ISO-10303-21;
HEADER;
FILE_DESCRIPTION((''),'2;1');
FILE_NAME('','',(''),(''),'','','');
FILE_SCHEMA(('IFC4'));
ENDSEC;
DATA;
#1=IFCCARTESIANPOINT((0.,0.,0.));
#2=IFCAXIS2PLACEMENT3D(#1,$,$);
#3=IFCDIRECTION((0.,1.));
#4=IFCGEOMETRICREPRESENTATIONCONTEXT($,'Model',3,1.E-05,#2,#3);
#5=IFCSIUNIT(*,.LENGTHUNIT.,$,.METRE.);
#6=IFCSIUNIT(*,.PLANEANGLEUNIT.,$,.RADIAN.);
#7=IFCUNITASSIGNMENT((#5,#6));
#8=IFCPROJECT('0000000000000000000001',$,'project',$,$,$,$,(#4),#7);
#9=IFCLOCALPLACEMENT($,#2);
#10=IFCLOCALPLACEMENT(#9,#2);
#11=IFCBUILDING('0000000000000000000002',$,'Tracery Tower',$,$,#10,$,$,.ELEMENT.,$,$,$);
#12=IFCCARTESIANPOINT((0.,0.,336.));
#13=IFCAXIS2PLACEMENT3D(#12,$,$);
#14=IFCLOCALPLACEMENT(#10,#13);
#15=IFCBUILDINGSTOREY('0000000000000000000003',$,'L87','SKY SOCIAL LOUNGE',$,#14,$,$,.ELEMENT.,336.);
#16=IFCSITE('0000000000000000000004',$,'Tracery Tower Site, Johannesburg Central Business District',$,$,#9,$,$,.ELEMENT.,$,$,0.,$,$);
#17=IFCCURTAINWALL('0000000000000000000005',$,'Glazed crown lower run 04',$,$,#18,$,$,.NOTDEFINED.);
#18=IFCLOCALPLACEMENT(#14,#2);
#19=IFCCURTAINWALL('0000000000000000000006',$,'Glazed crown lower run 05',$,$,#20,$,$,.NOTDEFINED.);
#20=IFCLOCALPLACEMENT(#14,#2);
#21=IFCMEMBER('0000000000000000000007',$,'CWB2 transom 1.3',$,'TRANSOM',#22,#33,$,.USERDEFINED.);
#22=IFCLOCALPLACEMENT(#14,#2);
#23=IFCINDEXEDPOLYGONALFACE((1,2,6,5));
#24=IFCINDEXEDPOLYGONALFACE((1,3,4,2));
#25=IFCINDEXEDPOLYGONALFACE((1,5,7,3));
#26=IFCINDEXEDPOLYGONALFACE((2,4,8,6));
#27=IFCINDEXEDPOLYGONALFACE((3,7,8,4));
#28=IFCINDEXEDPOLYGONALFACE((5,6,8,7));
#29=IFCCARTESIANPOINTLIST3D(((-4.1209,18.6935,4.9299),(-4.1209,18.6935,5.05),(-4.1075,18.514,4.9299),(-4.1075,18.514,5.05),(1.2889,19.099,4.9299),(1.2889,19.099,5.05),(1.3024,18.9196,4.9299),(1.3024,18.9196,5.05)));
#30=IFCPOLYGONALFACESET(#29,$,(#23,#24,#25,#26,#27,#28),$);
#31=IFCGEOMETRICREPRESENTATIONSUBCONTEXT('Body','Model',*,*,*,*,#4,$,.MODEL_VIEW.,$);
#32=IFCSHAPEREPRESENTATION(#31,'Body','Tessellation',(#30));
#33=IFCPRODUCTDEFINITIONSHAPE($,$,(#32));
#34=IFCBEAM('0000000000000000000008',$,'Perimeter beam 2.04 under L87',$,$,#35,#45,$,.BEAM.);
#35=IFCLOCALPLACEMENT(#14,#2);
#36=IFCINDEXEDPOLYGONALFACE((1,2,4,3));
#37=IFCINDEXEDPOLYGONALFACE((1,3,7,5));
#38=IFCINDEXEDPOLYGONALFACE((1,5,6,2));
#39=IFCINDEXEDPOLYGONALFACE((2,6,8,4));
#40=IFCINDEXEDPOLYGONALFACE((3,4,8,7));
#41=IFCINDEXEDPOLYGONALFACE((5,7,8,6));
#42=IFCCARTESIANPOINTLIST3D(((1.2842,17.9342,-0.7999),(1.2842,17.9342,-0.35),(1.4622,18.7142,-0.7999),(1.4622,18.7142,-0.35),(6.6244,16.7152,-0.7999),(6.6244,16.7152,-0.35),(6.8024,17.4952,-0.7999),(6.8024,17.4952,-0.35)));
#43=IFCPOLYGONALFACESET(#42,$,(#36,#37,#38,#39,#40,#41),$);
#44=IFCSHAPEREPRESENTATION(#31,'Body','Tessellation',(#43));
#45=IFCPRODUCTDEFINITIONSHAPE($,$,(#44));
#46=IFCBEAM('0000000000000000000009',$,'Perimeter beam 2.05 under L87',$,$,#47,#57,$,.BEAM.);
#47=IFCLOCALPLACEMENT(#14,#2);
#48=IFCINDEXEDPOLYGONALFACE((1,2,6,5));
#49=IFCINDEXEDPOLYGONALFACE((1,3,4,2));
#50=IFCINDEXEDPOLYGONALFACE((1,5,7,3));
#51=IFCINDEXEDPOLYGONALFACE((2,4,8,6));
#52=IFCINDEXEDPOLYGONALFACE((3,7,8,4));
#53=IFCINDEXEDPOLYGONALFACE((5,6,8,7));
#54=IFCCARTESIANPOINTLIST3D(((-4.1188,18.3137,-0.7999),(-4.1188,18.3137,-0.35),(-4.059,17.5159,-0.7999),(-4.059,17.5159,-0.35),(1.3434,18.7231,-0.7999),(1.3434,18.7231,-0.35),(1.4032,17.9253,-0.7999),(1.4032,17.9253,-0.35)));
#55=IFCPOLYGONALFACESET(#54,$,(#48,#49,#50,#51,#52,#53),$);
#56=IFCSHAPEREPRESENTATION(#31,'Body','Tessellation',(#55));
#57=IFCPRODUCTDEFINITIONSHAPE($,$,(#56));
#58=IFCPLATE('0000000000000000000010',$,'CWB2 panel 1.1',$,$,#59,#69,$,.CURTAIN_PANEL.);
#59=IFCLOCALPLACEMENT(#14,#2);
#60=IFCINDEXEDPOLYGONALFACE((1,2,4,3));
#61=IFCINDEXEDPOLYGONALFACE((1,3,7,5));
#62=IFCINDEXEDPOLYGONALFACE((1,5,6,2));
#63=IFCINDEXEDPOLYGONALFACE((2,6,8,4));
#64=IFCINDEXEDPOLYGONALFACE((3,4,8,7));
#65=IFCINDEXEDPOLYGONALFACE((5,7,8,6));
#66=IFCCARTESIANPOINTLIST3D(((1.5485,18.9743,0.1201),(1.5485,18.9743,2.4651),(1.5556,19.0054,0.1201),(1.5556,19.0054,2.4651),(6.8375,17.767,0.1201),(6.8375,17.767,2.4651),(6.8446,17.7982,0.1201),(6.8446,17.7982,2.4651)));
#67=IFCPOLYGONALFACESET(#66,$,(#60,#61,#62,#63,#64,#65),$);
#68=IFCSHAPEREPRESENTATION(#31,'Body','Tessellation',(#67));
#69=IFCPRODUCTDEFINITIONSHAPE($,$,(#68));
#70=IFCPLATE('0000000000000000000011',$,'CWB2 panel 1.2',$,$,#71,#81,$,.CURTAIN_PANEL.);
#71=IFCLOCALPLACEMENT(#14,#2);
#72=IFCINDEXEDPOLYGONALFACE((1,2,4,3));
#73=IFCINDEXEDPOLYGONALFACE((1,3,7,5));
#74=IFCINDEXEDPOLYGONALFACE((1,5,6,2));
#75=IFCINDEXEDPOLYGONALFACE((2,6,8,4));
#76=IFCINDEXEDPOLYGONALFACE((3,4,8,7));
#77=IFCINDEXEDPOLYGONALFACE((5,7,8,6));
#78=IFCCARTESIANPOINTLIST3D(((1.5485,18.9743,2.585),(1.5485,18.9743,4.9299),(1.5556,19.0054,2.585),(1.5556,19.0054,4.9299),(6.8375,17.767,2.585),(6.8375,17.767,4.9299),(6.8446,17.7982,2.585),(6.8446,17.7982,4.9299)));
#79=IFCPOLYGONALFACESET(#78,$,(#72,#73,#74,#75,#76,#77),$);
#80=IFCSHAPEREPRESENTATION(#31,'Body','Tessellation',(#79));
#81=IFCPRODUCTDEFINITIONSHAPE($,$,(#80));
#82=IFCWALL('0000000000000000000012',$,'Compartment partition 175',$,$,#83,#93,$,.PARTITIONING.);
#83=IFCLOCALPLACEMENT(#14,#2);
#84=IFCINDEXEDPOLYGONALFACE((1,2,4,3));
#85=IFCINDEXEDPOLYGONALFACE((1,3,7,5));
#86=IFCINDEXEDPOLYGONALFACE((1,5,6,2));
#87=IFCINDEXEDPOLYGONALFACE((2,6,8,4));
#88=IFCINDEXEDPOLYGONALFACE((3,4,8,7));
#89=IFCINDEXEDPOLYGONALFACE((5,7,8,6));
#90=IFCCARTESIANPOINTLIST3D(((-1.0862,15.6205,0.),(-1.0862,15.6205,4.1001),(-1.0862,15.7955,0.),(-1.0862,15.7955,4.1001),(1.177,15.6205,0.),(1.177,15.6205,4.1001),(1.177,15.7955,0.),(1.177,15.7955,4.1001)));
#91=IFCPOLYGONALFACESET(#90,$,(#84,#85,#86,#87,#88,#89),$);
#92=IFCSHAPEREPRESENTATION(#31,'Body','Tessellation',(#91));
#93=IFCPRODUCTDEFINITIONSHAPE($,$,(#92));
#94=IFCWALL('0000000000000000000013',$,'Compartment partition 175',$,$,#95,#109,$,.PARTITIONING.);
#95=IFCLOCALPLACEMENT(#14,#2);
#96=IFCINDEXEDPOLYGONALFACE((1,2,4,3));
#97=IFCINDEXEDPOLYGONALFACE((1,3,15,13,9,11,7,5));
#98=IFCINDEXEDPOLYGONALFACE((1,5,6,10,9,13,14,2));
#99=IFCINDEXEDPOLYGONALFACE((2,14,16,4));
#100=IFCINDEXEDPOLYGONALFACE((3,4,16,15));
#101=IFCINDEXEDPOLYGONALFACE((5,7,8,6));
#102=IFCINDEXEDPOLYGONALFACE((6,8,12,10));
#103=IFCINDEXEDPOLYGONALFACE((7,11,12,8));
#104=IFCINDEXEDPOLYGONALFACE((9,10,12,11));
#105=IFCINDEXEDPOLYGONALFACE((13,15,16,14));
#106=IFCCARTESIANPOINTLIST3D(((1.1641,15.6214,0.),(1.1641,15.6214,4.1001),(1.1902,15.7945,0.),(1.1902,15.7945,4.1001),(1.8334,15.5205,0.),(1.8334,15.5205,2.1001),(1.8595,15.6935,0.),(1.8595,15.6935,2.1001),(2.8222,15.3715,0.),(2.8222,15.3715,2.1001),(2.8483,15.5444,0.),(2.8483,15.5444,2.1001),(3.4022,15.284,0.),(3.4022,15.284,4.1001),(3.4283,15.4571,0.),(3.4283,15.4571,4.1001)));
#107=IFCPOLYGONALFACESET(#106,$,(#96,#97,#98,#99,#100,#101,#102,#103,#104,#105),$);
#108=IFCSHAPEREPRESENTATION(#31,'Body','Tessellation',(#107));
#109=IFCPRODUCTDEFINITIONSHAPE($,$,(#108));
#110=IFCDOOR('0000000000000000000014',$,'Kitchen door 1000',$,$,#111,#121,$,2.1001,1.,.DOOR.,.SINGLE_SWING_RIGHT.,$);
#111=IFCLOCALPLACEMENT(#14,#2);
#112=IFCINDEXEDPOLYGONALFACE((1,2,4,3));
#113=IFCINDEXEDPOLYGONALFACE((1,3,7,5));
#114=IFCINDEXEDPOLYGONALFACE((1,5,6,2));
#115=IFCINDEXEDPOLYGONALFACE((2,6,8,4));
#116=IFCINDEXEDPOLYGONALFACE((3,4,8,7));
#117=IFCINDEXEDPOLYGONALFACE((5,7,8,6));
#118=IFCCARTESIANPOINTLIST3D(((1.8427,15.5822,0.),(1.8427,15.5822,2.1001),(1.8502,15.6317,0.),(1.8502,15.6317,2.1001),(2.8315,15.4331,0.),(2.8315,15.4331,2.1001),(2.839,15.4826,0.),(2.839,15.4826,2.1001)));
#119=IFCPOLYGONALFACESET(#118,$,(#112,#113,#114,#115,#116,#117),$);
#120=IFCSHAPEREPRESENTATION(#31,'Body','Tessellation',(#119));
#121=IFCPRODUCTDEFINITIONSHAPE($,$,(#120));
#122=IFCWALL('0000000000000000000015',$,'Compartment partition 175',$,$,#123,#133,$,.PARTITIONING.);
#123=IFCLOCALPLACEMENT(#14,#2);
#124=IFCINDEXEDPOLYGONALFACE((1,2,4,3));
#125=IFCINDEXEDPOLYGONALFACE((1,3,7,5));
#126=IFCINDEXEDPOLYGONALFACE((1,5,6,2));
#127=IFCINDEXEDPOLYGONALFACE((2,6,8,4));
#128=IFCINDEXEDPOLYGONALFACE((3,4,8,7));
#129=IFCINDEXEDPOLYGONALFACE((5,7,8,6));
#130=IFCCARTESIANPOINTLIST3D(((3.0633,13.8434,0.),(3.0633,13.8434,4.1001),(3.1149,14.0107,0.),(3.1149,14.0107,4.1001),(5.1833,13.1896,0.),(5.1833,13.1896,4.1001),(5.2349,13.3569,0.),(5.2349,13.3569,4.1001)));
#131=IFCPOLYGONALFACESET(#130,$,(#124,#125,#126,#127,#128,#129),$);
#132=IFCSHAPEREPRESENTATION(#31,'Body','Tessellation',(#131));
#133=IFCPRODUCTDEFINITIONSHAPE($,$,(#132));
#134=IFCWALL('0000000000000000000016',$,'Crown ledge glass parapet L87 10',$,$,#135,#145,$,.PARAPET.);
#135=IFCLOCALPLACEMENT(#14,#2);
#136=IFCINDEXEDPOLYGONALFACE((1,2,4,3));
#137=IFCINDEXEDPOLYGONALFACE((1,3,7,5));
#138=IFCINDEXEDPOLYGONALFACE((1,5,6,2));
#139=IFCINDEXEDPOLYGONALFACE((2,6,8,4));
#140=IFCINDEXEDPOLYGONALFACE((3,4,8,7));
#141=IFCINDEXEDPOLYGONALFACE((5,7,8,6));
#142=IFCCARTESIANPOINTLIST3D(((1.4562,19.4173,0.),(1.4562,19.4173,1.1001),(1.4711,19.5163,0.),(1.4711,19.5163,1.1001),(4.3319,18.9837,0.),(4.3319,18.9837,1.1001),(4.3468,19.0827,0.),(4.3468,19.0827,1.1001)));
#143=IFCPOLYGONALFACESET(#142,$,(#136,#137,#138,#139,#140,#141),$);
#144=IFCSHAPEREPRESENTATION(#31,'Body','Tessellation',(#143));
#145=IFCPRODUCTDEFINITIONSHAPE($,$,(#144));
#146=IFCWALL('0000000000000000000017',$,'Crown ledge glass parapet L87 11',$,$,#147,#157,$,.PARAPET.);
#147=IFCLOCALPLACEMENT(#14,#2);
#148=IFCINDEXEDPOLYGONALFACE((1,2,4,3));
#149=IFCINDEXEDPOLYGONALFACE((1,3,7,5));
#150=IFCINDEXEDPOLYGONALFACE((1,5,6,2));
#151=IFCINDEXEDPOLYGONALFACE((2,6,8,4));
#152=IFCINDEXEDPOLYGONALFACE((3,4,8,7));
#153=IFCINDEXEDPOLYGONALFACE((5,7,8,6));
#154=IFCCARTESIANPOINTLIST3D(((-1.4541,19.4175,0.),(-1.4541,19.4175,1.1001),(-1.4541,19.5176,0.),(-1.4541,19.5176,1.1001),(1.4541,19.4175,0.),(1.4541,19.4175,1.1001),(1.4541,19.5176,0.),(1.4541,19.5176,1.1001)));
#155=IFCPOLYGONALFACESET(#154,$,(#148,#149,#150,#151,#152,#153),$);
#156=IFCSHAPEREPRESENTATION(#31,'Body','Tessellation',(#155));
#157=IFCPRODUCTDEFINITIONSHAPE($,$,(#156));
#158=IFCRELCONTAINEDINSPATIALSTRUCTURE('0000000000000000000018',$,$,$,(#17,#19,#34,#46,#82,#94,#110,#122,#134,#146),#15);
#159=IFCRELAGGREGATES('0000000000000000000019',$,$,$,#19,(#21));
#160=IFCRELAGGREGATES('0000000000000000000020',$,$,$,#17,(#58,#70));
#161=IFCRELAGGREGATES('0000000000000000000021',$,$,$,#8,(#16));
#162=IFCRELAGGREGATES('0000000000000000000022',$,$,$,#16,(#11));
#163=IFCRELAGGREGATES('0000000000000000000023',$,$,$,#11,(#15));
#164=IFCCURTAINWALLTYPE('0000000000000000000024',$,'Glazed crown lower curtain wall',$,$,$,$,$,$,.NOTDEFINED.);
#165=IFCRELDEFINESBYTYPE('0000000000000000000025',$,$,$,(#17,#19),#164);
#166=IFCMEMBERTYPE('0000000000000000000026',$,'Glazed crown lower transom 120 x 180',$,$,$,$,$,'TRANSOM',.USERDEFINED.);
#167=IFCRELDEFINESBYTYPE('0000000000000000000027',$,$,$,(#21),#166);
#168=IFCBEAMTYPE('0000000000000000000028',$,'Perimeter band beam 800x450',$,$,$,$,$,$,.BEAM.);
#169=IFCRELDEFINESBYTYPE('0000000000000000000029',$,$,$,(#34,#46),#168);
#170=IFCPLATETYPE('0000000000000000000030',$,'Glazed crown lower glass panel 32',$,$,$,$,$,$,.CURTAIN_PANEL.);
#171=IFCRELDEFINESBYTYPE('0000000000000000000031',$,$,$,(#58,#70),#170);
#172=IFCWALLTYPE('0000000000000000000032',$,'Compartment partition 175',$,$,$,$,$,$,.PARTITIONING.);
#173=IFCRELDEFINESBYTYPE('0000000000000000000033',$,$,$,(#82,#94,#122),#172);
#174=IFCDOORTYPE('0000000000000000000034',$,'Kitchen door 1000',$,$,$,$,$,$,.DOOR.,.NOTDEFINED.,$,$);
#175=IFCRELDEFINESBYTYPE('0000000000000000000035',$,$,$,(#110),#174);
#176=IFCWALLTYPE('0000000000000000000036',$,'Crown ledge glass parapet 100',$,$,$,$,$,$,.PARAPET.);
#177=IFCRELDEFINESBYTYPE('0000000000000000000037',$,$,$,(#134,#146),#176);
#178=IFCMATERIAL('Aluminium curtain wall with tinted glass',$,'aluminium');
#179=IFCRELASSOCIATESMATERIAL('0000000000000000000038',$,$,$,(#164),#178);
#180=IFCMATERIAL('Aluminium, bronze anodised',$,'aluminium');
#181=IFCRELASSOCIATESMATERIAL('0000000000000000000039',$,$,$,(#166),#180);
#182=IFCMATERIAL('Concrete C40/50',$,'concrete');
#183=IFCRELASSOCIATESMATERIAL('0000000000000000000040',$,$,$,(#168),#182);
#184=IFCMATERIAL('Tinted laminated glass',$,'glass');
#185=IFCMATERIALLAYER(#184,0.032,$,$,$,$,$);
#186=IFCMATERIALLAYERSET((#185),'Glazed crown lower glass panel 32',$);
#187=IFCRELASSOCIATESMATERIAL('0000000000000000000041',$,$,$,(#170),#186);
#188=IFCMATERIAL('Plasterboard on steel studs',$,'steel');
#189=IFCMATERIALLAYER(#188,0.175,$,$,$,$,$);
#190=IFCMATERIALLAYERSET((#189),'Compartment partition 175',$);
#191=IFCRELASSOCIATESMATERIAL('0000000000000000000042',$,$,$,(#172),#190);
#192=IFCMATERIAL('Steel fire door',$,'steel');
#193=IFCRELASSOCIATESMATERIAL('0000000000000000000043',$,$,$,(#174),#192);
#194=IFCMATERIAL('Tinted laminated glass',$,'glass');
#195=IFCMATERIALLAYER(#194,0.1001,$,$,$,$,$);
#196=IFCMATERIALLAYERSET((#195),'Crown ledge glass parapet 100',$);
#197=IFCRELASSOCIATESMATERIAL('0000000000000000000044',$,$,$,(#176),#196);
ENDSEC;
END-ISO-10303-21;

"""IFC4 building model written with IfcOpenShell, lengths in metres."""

from ifc_helpers import new_model, si_unit, direction, frame, frame_2d, origin, origin_2d, place, context, subcontext, project, spatial, rectangle, extrude, material, layer, layer_set, material_profile, profile_set, type_object, element, fill, aggregate, save


model = new_model("IFC4")

# Units and contexts
model_context = context("Model", 3, precision=1e-05, world=origin(), true_north=direction((0.0, 1.0)))
body_context = subcontext(model_context, "Body", "Model", "MODEL_VIEW")
ifc_project = project(units=[si_unit("LENGTHUNIT", "METRE"), si_unit("PLANEANGLEUNIT", "RADIAN")], contexts=[model_context])

# Site, building, storey
site_placement = place(None, origin())
site = spatial("IfcSite", under=ifc_project, at=site_placement, Name="Tracery Tower Site, Johannesburg Central Business District", CompositionType="ELEMENT", RefElevation=0.0)
building_placement = place(site_placement, origin())
building = spatial("IfcBuilding", under=site, at=building_placement, Name="Tracery Tower", CompositionType="ELEMENT")
storey_placement = place(building_placement, frame((0.0, 0.0, 336.0)))
storey = spatial("IfcBuildingStorey", under=building, at=storey_placement, Name="L87", Description="SKY SOCIAL LOUNGE", CompositionType="ELEMENT", Elevation=336.0)

# Curtain wall
ifc_material_1 = material(Name="Aluminium curtain wall with tinted glass", Category="aluminium")
curtain_wall_type = type_object("IfcCurtainWallType", Name="Glazed crown lower curtain wall", PredefinedType="NOTDEFINED", material=ifc_material_1)
curtain_wall_1_placement = place(storey_placement, origin())
curtain_wall_1 = element("IfcCurtainWall", 1, at=curtain_wall_1_placement, inside=storey, type_object=curtain_wall_type, Name="Glazed crown lower run 04", PredefinedType="NOTDEFINED")

# Curtain wall
curtain_wall_2_placement = place(storey_placement, origin())
curtain_wall_2 = element("IfcCurtainWall", 2, at=curtain_wall_2_placement, inside=storey, type_object=curtain_wall_type, Name="Glazed crown lower run 05", PredefinedType="NOTDEFINED")

# Member
ifc_material_2 = material(Name="Aluminium, bronze anodised", Category="aluminium")
ifc_material_profile_1 = material_profile(ifc_material_2, rectangle(XDim=0.1799, YDim=0.1201, at=origin_2d()), Name="Glazed crown lower transom 120 x 180")
ifc_profile_set_1 = profile_set([ifc_material_profile_1], Name="Aluminium, bronze anodised")
member_type_1 = type_object("IfcMemberType", Name="Glazed crown lower transom 120 x 180", ElementType="TRANSOM", PredefinedType="USERDEFINED", material=ifc_profile_set_1)
member_1_placement = place(storey_placement, frame((1.2957, 19.0093, 4.99), z_axis=(-0.997202, -0.074749, 0.0), x_axis=(0.074749, -0.997202, 0.0)))
member_1 = element("IfcMember", 3, at=member_1_placement, type_object=member_type_1, Name="CWB2 transom 1.3", ObjectType="TRANSOM", PredefinedType="USERDEFINED", context=body_context, shape_type="SweptSolid", body=[
    extrude(rectangle(XDim=0.1799, YDim=0.1201, at=origin_2d()), origin(), (0.0, 0.0, 1.0), 5.425),
])
aggregate(curtain_wall_2, [member_1])

# Beams
ifc_material_3 = material(Name="Concrete C40/50", Category="concrete")
ifc_material_profile_2 = material_profile(ifc_material_3, rectangle(XDim=0.8, YDim=0.45, at=origin_2d()), Name="RC 800x450")
ifc_profile_set_2 = profile_set([ifc_material_profile_2], Name="Concrete C40/50")
beam_type = type_object("IfcBeamType", Name="Perimeter band beam 800x450", PredefinedType="BEAM", material=ifc_profile_set_2)
for number, where, z_axis, x_axis, name in (
    (4, (6.7134, 17.1052, -0.575), (-0.974922, 0.222548, 0.0), (-0.222548, -0.974922, 0.0), "Perimeter beam 2.04 under L87"),
    (5, (1.3733, 18.3242, -0.575), (-0.997203, -0.074747, 0.0), (0.074747, -0.997203, 0.0), "Perimeter beam 2.05 under L87"),
):
    element("IfcBeam", number, at=place(storey_placement, frame(where, z_axis=z_axis, x_axis=x_axis)), inside=storey, type_object=beam_type, Name=name, PredefinedType="BEAM", context=body_context, shape_type="SweptSolid", body=[
        extrude(rectangle(XDim=0.8, YDim=0.45, at=origin_2d()), origin(), (0.0, 0.0, 1.0), 5.4775),
    ])

# Plates
ifc_material_4 = material(Name="Tinted laminated glass", Category="glass")
ifc_layer_1 = layer(ifc_material_4, 0.032)
ifc_layer_set_1 = layer_set([ifc_layer_1], Name="Glazed crown lower glass panel 32")
plate_type = type_object("IfcPlateType", Name="Glazed crown lower glass panel 32", PredefinedType="CURTAIN_PANEL", material=ifc_layer_set_1)
plate_1_placement = place(storey_placement, frame((4.1965, 18.3862, 0.1201), z_axis=(0.0, 0.0, 1.0), x_axis=(-0.974926, 0.222528, 0.0)))
plate_1 = element("IfcPlate", 6, at=plate_1_placement, type_object=plate_type, Name="CWB2 panel 1.1", PredefinedType="CURTAIN_PANEL", context=body_context, shape_type="SweptSolid", body=[
    extrude(rectangle(XDim=5.425, YDim=0.032, at=origin_2d()), origin(), (0.0, 0.0, 1.0), 2.345),
])
plate_2_placement = place(storey_placement, frame((4.1965, 18.3862, 2.585), z_axis=(0.0, 0.0, 1.0), x_axis=(-0.974926, 0.222528, 0.0)))
plate_2 = element("IfcPlate", 7, at=plate_2_placement, type_object=plate_type, Name="CWB2 panel 1.2", PredefinedType="CURTAIN_PANEL", context=body_context, shape_type="SweptSolid", body=[
    extrude(rectangle(XDim=5.425, YDim=0.032, at=origin_2d()), origin(), (0.0, 0.0, 1.0), 2.345),
])
aggregate(curtain_wall_1, [plate_1, plate_2])

# Wall
ifc_material_5 = material(Name="Plasterboard on steel studs", Category="steel")
ifc_layer_2 = layer(ifc_material_5, 0.175)
ifc_layer_set_2 = layer_set([ifc_layer_2], Name="Compartment partition 175")
wall_type_1 = type_object("IfcWallType", Name="Compartment partition 175", PredefinedType="PARTITIONING", material=ifc_layer_set_2)
wall_1_placement = place(storey_placement, frame((1.177, 15.708, 0.0), z_axis=(0.0, 0.0, 1.0), x_axis=(-1.0, 0.0, 0.0)))
element("IfcWall", 8, at=wall_1_placement, inside=storey, type_object=wall_type_1, Name="Compartment partition 175", PredefinedType="PARTITIONING", context=body_context, shape_type="SweptSolid", body=[
    extrude(rectangle(XDim=2.2632, YDim=0.175, at=frame_2d((1.1316, 0.0))), origin(), (0.0, 0.0, 1.0), 4.1001),
])

# Wall, opening, door
wall_2_placement = place(storey_placement, frame((1.177, 15.708, 0.0), z_axis=(0.0, 0.0, 1.0), x_axis=(0.988826, -0.149074, 0.0)))
wall_2 = element("IfcWall", 9, at=wall_2_placement, inside=storey, type_object=wall_type_1, Name="Compartment partition 175", PredefinedType="PARTITIONING", context=body_context, shape_type="SweptSolid", body=[
    extrude(rectangle(XDim=2.2634, YDim=0.175, at=frame_2d((1.1318, 0.0))), origin(), (0.0, 0.0, 1.0), 4.1001),
])
opening_1_placement = place(wall_2_placement, frame((0.677, 0.0, 0.0)))
opening_1 = element("IfcOpeningElement", 10, at=opening_1_placement, cuts=wall_2, PredefinedType="OPENING", context=body_context, shape_type="SweptSolid", body=[
    extrude(rectangle(XDim=1.0, YDim=2.1001, at=frame_2d((0.5, 1.05))), frame((0.0, 0.0874, 0.0), z_axis=(0.0, -1.0, 0.0), x_axis=(1.0, 0.0, 0.0)), (0.0, 0.0, 1.0), 0.175),
])
ifc_material_6 = material(Name="Steel fire door", Category="steel")
door_type = type_object("IfcDoorType", Name="Kitchen door 1000", OperationType="NOTDEFINED", PredefinedType="DOOR", material=ifc_material_6)
door_1_placement = place(opening_1_placement, origin())
door_1 = element("IfcDoor", 11, at=door_1_placement, inside=storey, type_object=door_type, Name="Kitchen door 1000", OperationType="SINGLE_SWING_RIGHT", OverallHeight=2.1001, OverallWidth=1.0, PredefinedType="DOOR", context=body_context, shape_type="SweptSolid", body=[
    extrude(rectangle(XDim=1.0, YDim=2.1001, at=frame_2d((0.5, 1.05))), frame((0.0, 0.0249, 0.0), z_axis=(0.0, -1.0, 0.0), x_axis=(1.0, 0.0, 0.0)), (0.0, 0.0, 1.0), 0.05),
])
fill(opening_1, door_1)

# Wall
wall_3_placement = place(storey_placement, frame((5.2092, 13.2732, 0.0), z_axis=(0.0, 0.0, 1.0), x_axis=(-0.955584, 0.29472, 0.0)))
element("IfcWall", 12, at=wall_3_placement, inside=storey, type_object=wall_type_1, Name="Compartment partition 175", PredefinedType="PARTITIONING", context=body_context, shape_type="SweptSolid", body=[
    extrude(rectangle(XDim=2.2185, YDim=0.175, at=frame_2d((1.1094, 0.0))), origin(), (0.0, 0.0, 1.0), 4.1001),
])

# Walls
ifc_material_7 = material(Name="Tinted laminated glass", Category="glass")
ifc_layer_3 = layer(ifc_material_7, 0.1001)
ifc_layer_set_3 = layer_set([ifc_layer_3], Name="Crown ledge glass parapet 100")
wall_type_2 = type_object("IfcWallType", Name="Crown ledge glass parapet 100", PredefinedType="PARAPET", material=ifc_layer_set_3)
for number, where, z_axis, x_axis, name in (
    (13, (4.3394, 19.0332, 0.0), (0.0, 0.0, 1.0), (-0.988823, 0.149092, 0.0), "Crown ledge glass parapet L87 10"),
    (14, (1.4541, 19.4675, 0.0), (0.0, 0.0, 1.0), (-1.0, 0.0, 0.0), "Crown ledge glass parapet L87 11"),
):
    element("IfcWall", number, at=place(storey_placement, frame(where, z_axis=z_axis, x_axis=x_axis)), inside=storey, type_object=wall_type_2, Name=name, PredefinedType="PARAPET", context=body_context, shape_type="SweptSolid", body=[
        extrude(rectangle(XDim=2.9082, YDim=0.1001, at=frame_2d((1.4541, 0.0))), origin(), (0.0, 0.0, 1.0), 1.1001),
    ])

save(model, "model.ifc")
